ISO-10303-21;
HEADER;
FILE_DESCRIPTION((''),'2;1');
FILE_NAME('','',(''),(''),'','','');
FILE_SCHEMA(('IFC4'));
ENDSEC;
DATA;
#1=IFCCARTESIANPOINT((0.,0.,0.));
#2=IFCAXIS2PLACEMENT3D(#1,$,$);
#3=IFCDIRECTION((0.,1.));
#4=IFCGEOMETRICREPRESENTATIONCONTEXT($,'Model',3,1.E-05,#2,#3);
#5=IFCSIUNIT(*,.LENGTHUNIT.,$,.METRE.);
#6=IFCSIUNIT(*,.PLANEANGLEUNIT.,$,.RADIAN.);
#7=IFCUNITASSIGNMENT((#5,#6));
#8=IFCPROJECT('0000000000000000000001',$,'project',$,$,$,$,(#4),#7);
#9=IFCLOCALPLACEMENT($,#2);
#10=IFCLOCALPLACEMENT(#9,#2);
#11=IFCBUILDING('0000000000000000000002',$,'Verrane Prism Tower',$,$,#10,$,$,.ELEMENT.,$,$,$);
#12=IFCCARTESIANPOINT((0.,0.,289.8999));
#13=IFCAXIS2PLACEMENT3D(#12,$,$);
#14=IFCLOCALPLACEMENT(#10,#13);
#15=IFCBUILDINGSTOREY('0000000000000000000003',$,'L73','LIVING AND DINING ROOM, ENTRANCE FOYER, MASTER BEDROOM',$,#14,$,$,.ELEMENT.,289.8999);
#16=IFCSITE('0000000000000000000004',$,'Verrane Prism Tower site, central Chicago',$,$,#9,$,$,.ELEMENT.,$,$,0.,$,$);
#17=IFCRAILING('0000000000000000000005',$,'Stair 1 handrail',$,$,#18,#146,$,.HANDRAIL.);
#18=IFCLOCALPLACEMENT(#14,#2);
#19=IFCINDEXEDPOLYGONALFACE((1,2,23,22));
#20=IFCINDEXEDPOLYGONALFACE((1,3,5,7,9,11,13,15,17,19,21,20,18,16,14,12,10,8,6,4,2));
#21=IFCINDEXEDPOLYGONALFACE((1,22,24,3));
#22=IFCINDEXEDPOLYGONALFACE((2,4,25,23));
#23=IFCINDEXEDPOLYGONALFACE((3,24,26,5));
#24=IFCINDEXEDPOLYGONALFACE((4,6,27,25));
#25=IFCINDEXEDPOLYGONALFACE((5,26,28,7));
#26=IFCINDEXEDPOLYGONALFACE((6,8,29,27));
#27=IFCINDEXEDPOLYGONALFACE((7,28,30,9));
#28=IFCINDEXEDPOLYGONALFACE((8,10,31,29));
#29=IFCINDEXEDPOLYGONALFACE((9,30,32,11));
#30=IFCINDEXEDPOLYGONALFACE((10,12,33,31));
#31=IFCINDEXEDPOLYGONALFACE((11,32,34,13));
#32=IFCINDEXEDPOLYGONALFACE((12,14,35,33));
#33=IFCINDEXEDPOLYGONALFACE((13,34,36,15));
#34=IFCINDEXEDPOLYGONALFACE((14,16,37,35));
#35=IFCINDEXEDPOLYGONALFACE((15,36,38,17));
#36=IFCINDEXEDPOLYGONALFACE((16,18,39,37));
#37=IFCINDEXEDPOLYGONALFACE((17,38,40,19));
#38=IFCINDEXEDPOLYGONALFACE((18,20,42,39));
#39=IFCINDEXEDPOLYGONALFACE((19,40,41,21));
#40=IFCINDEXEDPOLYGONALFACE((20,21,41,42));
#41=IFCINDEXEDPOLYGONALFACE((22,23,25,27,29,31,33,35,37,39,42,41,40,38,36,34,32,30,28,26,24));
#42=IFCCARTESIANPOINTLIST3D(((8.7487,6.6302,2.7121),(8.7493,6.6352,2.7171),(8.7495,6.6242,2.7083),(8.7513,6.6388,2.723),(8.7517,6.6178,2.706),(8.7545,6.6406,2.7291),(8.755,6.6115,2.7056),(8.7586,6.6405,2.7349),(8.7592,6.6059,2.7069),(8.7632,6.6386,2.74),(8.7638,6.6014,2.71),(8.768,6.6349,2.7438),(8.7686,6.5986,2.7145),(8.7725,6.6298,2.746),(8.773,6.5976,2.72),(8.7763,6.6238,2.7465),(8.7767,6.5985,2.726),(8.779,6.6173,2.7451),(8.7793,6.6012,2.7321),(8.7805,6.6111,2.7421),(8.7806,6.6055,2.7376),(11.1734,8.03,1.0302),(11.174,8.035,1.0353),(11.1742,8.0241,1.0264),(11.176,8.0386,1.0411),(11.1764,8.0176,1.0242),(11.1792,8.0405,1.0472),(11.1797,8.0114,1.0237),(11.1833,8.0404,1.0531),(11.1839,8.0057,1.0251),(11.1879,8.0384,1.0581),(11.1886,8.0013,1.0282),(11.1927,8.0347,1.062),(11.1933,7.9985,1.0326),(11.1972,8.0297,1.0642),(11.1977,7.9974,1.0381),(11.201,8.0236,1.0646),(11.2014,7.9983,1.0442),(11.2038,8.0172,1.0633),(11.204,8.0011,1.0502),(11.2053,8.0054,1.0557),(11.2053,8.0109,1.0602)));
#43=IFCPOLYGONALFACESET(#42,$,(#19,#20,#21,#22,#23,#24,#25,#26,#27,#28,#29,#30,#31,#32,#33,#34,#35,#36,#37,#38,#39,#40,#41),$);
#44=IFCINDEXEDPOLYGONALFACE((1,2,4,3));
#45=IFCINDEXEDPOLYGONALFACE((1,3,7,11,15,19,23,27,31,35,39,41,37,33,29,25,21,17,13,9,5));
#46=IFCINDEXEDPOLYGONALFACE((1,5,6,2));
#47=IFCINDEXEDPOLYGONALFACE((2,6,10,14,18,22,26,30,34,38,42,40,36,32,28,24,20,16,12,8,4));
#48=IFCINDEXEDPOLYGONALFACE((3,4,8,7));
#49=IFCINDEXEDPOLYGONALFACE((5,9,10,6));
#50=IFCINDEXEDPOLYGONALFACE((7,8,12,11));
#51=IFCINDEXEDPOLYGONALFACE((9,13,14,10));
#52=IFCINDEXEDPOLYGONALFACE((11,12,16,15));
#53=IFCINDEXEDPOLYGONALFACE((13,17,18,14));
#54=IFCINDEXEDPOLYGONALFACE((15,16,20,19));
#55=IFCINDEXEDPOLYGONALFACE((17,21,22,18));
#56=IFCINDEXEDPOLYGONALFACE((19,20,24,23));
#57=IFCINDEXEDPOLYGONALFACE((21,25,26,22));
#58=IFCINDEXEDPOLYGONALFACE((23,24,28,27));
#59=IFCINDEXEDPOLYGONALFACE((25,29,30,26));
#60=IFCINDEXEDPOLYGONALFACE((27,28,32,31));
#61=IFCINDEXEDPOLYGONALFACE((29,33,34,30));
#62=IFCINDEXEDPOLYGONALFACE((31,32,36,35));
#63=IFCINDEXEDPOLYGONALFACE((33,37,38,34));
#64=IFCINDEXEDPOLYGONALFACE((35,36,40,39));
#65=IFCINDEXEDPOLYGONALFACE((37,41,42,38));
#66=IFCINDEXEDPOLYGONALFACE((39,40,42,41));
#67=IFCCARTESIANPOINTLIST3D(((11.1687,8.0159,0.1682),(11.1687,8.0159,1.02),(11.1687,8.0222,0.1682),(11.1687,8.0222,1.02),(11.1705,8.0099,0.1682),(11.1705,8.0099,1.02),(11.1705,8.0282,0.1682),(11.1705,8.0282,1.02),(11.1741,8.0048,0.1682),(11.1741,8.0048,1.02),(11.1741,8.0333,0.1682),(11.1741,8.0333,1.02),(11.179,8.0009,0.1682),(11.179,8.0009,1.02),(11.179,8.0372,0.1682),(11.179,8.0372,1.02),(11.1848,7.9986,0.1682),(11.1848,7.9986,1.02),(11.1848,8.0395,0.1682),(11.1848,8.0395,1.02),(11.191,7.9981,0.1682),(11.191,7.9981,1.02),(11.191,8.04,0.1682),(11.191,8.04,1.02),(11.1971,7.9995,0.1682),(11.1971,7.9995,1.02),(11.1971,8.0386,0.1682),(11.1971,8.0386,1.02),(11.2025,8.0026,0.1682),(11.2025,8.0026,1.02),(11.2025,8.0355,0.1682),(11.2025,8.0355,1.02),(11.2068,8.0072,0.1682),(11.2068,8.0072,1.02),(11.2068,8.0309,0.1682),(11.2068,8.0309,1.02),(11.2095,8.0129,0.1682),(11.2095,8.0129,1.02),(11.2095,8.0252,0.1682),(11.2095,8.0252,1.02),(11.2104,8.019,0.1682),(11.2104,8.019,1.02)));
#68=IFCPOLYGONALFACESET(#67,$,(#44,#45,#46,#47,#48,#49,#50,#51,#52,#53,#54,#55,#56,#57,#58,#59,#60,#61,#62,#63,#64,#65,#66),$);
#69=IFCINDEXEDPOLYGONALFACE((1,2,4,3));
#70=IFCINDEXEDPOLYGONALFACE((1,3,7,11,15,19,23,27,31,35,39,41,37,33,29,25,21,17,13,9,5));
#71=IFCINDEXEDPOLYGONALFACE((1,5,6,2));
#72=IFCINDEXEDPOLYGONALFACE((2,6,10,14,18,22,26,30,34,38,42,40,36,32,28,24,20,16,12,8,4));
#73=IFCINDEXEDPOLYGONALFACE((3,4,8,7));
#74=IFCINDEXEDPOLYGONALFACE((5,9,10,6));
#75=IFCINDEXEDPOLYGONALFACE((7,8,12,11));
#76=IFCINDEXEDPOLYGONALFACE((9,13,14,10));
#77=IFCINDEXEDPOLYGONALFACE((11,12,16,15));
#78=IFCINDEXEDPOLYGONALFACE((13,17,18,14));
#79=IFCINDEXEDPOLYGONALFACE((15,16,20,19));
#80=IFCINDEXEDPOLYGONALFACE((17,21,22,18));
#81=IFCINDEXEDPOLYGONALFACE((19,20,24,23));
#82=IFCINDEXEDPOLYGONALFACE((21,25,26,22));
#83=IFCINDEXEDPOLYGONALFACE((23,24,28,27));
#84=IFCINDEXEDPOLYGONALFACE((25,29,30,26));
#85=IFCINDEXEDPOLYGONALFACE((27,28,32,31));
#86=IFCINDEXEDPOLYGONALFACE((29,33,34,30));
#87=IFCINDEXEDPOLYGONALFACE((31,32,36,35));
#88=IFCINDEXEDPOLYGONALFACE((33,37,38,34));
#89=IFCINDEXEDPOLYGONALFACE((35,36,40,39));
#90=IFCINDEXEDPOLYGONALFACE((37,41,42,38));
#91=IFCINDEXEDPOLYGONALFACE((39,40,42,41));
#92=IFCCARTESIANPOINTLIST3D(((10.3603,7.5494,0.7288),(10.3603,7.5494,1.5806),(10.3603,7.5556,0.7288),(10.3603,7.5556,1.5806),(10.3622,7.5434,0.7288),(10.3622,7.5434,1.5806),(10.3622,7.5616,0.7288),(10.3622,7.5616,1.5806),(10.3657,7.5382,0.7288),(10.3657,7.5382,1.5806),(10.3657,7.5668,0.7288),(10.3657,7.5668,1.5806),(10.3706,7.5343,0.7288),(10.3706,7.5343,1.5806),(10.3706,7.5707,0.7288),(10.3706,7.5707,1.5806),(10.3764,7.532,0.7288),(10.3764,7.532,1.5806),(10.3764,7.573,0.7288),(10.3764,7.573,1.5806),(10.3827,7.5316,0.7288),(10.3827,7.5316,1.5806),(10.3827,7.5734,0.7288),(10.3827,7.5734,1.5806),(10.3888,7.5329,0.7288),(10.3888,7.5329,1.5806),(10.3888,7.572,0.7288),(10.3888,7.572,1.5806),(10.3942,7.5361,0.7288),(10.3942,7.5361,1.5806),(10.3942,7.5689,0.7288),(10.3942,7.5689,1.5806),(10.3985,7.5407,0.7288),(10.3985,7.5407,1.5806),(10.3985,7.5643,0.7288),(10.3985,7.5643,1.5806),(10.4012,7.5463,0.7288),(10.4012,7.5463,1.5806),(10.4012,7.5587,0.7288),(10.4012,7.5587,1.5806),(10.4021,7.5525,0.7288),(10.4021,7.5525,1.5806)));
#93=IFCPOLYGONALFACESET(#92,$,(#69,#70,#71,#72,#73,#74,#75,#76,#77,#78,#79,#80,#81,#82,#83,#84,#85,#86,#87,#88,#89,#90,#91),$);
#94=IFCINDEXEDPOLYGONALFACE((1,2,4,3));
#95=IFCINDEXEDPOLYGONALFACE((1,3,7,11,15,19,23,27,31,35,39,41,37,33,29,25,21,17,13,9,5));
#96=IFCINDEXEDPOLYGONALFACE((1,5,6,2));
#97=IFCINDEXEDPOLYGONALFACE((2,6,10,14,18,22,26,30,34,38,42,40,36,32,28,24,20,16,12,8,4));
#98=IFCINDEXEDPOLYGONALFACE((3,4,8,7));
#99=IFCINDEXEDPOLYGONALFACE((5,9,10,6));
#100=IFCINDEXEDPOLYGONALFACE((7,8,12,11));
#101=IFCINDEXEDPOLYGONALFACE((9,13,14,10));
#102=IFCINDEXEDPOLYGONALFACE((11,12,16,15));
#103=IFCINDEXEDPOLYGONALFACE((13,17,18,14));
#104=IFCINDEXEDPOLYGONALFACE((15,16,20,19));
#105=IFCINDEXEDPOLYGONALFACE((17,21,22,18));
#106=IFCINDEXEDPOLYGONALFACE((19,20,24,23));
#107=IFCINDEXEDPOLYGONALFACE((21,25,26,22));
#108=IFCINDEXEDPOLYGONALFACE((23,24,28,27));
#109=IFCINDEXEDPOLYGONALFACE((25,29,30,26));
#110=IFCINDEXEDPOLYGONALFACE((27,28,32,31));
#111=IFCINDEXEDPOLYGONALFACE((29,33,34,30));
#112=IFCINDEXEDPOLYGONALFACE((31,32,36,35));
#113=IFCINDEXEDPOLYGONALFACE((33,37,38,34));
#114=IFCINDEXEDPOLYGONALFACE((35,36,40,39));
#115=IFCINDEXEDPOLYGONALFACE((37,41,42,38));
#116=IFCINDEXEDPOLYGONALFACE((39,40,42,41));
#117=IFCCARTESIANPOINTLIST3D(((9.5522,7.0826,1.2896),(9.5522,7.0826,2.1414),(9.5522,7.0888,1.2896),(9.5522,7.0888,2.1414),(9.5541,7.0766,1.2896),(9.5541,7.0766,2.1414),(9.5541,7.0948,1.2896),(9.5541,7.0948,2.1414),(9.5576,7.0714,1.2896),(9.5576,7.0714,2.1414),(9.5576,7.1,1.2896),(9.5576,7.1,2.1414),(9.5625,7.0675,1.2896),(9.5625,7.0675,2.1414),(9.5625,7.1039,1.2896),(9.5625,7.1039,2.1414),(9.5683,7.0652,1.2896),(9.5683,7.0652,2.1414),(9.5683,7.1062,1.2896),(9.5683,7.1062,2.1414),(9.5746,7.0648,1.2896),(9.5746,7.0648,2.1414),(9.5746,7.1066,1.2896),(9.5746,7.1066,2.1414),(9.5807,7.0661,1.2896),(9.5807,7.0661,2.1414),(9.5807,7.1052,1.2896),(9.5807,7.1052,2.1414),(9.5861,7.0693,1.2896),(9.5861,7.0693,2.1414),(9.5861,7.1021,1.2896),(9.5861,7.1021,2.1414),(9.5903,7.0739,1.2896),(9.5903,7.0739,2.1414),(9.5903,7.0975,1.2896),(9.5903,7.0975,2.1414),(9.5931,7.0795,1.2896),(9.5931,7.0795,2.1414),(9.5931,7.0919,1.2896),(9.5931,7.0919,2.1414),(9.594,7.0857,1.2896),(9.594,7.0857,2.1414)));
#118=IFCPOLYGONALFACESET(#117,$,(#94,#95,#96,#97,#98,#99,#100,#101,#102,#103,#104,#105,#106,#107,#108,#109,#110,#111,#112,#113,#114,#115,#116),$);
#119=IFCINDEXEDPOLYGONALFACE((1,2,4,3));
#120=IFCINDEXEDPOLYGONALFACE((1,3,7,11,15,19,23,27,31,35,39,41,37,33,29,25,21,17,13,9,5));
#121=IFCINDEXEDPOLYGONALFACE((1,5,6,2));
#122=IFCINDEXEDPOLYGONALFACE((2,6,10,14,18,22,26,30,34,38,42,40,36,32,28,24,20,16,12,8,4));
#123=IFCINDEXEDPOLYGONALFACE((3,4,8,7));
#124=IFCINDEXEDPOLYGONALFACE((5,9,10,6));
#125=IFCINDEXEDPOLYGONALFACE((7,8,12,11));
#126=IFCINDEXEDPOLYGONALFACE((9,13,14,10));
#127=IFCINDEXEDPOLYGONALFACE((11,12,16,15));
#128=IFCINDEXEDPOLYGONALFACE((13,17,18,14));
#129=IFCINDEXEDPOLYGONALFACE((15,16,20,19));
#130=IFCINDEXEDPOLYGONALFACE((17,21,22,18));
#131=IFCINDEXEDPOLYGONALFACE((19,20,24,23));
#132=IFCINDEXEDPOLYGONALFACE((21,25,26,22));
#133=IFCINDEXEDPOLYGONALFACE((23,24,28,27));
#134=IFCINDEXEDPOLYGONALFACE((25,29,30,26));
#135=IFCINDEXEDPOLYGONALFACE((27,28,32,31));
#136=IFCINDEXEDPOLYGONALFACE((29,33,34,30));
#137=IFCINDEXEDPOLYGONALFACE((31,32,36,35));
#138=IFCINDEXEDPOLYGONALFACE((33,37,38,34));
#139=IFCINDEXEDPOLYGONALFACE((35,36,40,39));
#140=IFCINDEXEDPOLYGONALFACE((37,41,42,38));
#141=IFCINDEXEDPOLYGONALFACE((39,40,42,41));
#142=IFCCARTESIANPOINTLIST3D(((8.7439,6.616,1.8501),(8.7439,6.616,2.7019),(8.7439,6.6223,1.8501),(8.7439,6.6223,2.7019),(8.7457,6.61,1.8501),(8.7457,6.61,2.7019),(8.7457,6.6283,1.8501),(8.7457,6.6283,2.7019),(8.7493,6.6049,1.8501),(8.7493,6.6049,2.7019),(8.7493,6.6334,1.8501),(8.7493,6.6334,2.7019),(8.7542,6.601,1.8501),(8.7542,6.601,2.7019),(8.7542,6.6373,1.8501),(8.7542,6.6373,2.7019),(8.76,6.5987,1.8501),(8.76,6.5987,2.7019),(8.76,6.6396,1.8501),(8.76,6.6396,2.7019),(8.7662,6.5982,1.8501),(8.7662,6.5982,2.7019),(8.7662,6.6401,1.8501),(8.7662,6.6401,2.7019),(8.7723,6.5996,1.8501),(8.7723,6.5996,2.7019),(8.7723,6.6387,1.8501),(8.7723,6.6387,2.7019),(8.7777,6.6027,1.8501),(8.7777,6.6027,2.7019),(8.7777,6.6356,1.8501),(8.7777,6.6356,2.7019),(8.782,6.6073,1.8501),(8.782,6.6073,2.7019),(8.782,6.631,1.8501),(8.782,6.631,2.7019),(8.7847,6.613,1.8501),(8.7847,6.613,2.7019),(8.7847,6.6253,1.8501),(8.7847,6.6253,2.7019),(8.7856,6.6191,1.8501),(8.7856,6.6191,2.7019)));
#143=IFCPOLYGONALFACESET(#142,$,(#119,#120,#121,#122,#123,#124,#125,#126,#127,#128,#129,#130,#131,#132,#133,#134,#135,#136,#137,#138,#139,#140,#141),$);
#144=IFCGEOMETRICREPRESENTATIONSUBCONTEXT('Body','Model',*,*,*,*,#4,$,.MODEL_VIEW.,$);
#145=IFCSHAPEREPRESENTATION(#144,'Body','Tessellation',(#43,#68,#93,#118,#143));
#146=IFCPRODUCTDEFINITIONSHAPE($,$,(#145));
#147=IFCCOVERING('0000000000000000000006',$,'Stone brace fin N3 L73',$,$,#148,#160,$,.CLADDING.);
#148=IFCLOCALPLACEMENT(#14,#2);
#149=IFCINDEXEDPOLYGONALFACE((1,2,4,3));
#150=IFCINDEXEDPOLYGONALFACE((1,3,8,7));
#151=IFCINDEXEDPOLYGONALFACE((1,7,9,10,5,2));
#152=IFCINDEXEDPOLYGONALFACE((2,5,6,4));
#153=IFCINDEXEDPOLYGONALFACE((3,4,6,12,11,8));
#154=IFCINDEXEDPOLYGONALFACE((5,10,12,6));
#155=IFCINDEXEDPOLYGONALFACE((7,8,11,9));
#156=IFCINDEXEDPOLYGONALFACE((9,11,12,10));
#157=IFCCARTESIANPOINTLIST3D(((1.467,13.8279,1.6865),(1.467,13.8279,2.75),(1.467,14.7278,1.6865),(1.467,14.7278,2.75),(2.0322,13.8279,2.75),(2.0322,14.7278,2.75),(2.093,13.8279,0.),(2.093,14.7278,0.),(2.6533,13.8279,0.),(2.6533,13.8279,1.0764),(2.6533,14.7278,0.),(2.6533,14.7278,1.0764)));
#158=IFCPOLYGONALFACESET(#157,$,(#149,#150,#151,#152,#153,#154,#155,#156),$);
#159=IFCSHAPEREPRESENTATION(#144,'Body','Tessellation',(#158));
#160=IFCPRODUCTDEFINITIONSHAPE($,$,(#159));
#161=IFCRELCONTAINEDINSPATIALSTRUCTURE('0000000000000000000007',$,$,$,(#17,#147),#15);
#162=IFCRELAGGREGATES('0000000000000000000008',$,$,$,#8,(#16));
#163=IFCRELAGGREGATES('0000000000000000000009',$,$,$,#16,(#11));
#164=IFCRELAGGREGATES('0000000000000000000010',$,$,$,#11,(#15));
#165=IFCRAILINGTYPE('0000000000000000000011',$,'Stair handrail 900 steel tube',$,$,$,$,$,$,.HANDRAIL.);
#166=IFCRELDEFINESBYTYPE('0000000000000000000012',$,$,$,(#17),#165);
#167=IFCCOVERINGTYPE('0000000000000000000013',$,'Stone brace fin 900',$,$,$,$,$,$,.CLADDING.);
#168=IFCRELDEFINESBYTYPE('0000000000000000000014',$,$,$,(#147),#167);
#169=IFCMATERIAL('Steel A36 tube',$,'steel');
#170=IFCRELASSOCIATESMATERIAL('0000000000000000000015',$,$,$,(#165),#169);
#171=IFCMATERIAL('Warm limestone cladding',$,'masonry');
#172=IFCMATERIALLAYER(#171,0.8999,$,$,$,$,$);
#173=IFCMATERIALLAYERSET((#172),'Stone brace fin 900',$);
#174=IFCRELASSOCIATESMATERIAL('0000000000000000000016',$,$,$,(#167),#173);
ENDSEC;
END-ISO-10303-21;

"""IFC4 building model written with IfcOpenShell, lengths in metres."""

from ifc_helpers import new_model, si_unit, direction, frame, origin, origin_2d, place, context, subcontext, project, spatial, polyline, circle, outline, extrude, material, layer, layer_set, type_object, element, save


model = new_model("IFC4")

# Units and contexts
model_context = context("Model", 3, precision=1e-05, world=origin(), true_north=direction((0.0, 1.0)))
body_context = subcontext(model_context, "Body", "Model", "MODEL_VIEW")
ifc_project = project(units=[si_unit("LENGTHUNIT", "METRE"), si_unit("PLANEANGLEUNIT", "RADIAN")], contexts=[model_context])

# Site, building, storey
site_placement = place(None, origin())
site = spatial("IfcSite", under=ifc_project, at=site_placement, Name="Verrane Prism Tower site, central Chicago", CompositionType="ELEMENT", RefElevation=0.0)
building_placement = place(site_placement, origin())
building = spatial("IfcBuilding", under=site, at=building_placement, Name="Verrane Prism Tower", CompositionType="ELEMENT")
storey_placement = place(building_placement, frame((0.0, 0.0, 289.8999)))
storey = spatial("IfcBuildingStorey", under=building, at=storey_placement, Name="L73", Description="LIVING AND DINING ROOM, ENTRANCE FOYER, MASTER BEDROOM", CompositionType="ELEMENT", Elevation=289.8999)

# Railing
ifc_material_1 = material(Name="Steel A36 tube", Category="steel")
railing_type_1 = type_object("IfcRailingType", Name="Stair handrail 900 steel tube", PredefinedType="HANDRAIL", material=ifc_material_1)
railing_1_placement = place(storey_placement, frame((11.1895, 8.019, 0.1682)))
element("IfcRailing", 1, at=railing_1_placement, inside=storey, type_object=railing_type_1, Name="Stair 1 handrail", PredefinedType="HANDRAIL", context=body_context, shape_type="SweptSolid", body=[
    extrude(circle(Radius=0.0239, at=origin_2d()), frame((0.0, 0.0, 0.876), z_axis=(-0.74239, -0.428601, 0.514934), x_axis=(0.499984, -0.866035, 0.0)), (0.0, 0.0, 1.0), 3.2661),
    extrude(circle(Radius=0.021, at=origin_2d()), origin(), (0.0, 0.0, 1.0), 0.8518),
    extrude(circle(Radius=0.021, at=origin_2d()), frame((-0.8083, -0.4666, 0.5605)), (0.0, 0.0, 1.0), 0.8518),
    extrude(circle(Radius=0.021, at=origin_2d()), frame((-1.6165, -0.9333, 1.1213)), (0.0, 0.0, 1.0), 0.8518),
    extrude(circle(Radius=0.021, at=origin_2d()), frame((-2.4248, -1.3999, 1.6819)), (0.0, 0.0, 1.0), 0.8518),
])

# Covering
ifc_material_2 = material(Name="Warm limestone cladding", Category="masonry")
ifc_layer_1 = layer(ifc_material_2, 0.8999)
ifc_layer_set_1 = layer_set([ifc_layer_1], Name="Stone brace fin 900")
covering_type = type_object("IfcCoveringType", Name="Stone brace fin 900", PredefinedType="CLADDING", material=ifc_layer_set_1)
covering_placement = place(storey_placement, frame((2.6533, 14.2778, 0.0), z_axis=(0.0, 0.0, 1.0), x_axis=(-1.0, 0.0, 0.0)))
element("IfcCovering", 2, at=covering_placement, inside=storey, type_object=covering_type, Name="Stone brace fin N3 L73", PredefinedType="CLADDING", context=body_context, shape_type="SweptSolid", body=[
    extrude(outline(polyline([(1.1863, 2.75), (0.6211, 2.75), (0.0, 1.0764), (0.0, 0.0), (0.5603, 0.0), (1.1863, 1.6865), (1.1863, 2.75)])), frame((0.0, 0.45, 0.0), z_axis=(0.0, -1.0, 0.0), x_axis=(1.0, 0.0, 0.0)), (0.0, 0.0, 1.0), 0.8999),
])

save(model, "model.ifc")
